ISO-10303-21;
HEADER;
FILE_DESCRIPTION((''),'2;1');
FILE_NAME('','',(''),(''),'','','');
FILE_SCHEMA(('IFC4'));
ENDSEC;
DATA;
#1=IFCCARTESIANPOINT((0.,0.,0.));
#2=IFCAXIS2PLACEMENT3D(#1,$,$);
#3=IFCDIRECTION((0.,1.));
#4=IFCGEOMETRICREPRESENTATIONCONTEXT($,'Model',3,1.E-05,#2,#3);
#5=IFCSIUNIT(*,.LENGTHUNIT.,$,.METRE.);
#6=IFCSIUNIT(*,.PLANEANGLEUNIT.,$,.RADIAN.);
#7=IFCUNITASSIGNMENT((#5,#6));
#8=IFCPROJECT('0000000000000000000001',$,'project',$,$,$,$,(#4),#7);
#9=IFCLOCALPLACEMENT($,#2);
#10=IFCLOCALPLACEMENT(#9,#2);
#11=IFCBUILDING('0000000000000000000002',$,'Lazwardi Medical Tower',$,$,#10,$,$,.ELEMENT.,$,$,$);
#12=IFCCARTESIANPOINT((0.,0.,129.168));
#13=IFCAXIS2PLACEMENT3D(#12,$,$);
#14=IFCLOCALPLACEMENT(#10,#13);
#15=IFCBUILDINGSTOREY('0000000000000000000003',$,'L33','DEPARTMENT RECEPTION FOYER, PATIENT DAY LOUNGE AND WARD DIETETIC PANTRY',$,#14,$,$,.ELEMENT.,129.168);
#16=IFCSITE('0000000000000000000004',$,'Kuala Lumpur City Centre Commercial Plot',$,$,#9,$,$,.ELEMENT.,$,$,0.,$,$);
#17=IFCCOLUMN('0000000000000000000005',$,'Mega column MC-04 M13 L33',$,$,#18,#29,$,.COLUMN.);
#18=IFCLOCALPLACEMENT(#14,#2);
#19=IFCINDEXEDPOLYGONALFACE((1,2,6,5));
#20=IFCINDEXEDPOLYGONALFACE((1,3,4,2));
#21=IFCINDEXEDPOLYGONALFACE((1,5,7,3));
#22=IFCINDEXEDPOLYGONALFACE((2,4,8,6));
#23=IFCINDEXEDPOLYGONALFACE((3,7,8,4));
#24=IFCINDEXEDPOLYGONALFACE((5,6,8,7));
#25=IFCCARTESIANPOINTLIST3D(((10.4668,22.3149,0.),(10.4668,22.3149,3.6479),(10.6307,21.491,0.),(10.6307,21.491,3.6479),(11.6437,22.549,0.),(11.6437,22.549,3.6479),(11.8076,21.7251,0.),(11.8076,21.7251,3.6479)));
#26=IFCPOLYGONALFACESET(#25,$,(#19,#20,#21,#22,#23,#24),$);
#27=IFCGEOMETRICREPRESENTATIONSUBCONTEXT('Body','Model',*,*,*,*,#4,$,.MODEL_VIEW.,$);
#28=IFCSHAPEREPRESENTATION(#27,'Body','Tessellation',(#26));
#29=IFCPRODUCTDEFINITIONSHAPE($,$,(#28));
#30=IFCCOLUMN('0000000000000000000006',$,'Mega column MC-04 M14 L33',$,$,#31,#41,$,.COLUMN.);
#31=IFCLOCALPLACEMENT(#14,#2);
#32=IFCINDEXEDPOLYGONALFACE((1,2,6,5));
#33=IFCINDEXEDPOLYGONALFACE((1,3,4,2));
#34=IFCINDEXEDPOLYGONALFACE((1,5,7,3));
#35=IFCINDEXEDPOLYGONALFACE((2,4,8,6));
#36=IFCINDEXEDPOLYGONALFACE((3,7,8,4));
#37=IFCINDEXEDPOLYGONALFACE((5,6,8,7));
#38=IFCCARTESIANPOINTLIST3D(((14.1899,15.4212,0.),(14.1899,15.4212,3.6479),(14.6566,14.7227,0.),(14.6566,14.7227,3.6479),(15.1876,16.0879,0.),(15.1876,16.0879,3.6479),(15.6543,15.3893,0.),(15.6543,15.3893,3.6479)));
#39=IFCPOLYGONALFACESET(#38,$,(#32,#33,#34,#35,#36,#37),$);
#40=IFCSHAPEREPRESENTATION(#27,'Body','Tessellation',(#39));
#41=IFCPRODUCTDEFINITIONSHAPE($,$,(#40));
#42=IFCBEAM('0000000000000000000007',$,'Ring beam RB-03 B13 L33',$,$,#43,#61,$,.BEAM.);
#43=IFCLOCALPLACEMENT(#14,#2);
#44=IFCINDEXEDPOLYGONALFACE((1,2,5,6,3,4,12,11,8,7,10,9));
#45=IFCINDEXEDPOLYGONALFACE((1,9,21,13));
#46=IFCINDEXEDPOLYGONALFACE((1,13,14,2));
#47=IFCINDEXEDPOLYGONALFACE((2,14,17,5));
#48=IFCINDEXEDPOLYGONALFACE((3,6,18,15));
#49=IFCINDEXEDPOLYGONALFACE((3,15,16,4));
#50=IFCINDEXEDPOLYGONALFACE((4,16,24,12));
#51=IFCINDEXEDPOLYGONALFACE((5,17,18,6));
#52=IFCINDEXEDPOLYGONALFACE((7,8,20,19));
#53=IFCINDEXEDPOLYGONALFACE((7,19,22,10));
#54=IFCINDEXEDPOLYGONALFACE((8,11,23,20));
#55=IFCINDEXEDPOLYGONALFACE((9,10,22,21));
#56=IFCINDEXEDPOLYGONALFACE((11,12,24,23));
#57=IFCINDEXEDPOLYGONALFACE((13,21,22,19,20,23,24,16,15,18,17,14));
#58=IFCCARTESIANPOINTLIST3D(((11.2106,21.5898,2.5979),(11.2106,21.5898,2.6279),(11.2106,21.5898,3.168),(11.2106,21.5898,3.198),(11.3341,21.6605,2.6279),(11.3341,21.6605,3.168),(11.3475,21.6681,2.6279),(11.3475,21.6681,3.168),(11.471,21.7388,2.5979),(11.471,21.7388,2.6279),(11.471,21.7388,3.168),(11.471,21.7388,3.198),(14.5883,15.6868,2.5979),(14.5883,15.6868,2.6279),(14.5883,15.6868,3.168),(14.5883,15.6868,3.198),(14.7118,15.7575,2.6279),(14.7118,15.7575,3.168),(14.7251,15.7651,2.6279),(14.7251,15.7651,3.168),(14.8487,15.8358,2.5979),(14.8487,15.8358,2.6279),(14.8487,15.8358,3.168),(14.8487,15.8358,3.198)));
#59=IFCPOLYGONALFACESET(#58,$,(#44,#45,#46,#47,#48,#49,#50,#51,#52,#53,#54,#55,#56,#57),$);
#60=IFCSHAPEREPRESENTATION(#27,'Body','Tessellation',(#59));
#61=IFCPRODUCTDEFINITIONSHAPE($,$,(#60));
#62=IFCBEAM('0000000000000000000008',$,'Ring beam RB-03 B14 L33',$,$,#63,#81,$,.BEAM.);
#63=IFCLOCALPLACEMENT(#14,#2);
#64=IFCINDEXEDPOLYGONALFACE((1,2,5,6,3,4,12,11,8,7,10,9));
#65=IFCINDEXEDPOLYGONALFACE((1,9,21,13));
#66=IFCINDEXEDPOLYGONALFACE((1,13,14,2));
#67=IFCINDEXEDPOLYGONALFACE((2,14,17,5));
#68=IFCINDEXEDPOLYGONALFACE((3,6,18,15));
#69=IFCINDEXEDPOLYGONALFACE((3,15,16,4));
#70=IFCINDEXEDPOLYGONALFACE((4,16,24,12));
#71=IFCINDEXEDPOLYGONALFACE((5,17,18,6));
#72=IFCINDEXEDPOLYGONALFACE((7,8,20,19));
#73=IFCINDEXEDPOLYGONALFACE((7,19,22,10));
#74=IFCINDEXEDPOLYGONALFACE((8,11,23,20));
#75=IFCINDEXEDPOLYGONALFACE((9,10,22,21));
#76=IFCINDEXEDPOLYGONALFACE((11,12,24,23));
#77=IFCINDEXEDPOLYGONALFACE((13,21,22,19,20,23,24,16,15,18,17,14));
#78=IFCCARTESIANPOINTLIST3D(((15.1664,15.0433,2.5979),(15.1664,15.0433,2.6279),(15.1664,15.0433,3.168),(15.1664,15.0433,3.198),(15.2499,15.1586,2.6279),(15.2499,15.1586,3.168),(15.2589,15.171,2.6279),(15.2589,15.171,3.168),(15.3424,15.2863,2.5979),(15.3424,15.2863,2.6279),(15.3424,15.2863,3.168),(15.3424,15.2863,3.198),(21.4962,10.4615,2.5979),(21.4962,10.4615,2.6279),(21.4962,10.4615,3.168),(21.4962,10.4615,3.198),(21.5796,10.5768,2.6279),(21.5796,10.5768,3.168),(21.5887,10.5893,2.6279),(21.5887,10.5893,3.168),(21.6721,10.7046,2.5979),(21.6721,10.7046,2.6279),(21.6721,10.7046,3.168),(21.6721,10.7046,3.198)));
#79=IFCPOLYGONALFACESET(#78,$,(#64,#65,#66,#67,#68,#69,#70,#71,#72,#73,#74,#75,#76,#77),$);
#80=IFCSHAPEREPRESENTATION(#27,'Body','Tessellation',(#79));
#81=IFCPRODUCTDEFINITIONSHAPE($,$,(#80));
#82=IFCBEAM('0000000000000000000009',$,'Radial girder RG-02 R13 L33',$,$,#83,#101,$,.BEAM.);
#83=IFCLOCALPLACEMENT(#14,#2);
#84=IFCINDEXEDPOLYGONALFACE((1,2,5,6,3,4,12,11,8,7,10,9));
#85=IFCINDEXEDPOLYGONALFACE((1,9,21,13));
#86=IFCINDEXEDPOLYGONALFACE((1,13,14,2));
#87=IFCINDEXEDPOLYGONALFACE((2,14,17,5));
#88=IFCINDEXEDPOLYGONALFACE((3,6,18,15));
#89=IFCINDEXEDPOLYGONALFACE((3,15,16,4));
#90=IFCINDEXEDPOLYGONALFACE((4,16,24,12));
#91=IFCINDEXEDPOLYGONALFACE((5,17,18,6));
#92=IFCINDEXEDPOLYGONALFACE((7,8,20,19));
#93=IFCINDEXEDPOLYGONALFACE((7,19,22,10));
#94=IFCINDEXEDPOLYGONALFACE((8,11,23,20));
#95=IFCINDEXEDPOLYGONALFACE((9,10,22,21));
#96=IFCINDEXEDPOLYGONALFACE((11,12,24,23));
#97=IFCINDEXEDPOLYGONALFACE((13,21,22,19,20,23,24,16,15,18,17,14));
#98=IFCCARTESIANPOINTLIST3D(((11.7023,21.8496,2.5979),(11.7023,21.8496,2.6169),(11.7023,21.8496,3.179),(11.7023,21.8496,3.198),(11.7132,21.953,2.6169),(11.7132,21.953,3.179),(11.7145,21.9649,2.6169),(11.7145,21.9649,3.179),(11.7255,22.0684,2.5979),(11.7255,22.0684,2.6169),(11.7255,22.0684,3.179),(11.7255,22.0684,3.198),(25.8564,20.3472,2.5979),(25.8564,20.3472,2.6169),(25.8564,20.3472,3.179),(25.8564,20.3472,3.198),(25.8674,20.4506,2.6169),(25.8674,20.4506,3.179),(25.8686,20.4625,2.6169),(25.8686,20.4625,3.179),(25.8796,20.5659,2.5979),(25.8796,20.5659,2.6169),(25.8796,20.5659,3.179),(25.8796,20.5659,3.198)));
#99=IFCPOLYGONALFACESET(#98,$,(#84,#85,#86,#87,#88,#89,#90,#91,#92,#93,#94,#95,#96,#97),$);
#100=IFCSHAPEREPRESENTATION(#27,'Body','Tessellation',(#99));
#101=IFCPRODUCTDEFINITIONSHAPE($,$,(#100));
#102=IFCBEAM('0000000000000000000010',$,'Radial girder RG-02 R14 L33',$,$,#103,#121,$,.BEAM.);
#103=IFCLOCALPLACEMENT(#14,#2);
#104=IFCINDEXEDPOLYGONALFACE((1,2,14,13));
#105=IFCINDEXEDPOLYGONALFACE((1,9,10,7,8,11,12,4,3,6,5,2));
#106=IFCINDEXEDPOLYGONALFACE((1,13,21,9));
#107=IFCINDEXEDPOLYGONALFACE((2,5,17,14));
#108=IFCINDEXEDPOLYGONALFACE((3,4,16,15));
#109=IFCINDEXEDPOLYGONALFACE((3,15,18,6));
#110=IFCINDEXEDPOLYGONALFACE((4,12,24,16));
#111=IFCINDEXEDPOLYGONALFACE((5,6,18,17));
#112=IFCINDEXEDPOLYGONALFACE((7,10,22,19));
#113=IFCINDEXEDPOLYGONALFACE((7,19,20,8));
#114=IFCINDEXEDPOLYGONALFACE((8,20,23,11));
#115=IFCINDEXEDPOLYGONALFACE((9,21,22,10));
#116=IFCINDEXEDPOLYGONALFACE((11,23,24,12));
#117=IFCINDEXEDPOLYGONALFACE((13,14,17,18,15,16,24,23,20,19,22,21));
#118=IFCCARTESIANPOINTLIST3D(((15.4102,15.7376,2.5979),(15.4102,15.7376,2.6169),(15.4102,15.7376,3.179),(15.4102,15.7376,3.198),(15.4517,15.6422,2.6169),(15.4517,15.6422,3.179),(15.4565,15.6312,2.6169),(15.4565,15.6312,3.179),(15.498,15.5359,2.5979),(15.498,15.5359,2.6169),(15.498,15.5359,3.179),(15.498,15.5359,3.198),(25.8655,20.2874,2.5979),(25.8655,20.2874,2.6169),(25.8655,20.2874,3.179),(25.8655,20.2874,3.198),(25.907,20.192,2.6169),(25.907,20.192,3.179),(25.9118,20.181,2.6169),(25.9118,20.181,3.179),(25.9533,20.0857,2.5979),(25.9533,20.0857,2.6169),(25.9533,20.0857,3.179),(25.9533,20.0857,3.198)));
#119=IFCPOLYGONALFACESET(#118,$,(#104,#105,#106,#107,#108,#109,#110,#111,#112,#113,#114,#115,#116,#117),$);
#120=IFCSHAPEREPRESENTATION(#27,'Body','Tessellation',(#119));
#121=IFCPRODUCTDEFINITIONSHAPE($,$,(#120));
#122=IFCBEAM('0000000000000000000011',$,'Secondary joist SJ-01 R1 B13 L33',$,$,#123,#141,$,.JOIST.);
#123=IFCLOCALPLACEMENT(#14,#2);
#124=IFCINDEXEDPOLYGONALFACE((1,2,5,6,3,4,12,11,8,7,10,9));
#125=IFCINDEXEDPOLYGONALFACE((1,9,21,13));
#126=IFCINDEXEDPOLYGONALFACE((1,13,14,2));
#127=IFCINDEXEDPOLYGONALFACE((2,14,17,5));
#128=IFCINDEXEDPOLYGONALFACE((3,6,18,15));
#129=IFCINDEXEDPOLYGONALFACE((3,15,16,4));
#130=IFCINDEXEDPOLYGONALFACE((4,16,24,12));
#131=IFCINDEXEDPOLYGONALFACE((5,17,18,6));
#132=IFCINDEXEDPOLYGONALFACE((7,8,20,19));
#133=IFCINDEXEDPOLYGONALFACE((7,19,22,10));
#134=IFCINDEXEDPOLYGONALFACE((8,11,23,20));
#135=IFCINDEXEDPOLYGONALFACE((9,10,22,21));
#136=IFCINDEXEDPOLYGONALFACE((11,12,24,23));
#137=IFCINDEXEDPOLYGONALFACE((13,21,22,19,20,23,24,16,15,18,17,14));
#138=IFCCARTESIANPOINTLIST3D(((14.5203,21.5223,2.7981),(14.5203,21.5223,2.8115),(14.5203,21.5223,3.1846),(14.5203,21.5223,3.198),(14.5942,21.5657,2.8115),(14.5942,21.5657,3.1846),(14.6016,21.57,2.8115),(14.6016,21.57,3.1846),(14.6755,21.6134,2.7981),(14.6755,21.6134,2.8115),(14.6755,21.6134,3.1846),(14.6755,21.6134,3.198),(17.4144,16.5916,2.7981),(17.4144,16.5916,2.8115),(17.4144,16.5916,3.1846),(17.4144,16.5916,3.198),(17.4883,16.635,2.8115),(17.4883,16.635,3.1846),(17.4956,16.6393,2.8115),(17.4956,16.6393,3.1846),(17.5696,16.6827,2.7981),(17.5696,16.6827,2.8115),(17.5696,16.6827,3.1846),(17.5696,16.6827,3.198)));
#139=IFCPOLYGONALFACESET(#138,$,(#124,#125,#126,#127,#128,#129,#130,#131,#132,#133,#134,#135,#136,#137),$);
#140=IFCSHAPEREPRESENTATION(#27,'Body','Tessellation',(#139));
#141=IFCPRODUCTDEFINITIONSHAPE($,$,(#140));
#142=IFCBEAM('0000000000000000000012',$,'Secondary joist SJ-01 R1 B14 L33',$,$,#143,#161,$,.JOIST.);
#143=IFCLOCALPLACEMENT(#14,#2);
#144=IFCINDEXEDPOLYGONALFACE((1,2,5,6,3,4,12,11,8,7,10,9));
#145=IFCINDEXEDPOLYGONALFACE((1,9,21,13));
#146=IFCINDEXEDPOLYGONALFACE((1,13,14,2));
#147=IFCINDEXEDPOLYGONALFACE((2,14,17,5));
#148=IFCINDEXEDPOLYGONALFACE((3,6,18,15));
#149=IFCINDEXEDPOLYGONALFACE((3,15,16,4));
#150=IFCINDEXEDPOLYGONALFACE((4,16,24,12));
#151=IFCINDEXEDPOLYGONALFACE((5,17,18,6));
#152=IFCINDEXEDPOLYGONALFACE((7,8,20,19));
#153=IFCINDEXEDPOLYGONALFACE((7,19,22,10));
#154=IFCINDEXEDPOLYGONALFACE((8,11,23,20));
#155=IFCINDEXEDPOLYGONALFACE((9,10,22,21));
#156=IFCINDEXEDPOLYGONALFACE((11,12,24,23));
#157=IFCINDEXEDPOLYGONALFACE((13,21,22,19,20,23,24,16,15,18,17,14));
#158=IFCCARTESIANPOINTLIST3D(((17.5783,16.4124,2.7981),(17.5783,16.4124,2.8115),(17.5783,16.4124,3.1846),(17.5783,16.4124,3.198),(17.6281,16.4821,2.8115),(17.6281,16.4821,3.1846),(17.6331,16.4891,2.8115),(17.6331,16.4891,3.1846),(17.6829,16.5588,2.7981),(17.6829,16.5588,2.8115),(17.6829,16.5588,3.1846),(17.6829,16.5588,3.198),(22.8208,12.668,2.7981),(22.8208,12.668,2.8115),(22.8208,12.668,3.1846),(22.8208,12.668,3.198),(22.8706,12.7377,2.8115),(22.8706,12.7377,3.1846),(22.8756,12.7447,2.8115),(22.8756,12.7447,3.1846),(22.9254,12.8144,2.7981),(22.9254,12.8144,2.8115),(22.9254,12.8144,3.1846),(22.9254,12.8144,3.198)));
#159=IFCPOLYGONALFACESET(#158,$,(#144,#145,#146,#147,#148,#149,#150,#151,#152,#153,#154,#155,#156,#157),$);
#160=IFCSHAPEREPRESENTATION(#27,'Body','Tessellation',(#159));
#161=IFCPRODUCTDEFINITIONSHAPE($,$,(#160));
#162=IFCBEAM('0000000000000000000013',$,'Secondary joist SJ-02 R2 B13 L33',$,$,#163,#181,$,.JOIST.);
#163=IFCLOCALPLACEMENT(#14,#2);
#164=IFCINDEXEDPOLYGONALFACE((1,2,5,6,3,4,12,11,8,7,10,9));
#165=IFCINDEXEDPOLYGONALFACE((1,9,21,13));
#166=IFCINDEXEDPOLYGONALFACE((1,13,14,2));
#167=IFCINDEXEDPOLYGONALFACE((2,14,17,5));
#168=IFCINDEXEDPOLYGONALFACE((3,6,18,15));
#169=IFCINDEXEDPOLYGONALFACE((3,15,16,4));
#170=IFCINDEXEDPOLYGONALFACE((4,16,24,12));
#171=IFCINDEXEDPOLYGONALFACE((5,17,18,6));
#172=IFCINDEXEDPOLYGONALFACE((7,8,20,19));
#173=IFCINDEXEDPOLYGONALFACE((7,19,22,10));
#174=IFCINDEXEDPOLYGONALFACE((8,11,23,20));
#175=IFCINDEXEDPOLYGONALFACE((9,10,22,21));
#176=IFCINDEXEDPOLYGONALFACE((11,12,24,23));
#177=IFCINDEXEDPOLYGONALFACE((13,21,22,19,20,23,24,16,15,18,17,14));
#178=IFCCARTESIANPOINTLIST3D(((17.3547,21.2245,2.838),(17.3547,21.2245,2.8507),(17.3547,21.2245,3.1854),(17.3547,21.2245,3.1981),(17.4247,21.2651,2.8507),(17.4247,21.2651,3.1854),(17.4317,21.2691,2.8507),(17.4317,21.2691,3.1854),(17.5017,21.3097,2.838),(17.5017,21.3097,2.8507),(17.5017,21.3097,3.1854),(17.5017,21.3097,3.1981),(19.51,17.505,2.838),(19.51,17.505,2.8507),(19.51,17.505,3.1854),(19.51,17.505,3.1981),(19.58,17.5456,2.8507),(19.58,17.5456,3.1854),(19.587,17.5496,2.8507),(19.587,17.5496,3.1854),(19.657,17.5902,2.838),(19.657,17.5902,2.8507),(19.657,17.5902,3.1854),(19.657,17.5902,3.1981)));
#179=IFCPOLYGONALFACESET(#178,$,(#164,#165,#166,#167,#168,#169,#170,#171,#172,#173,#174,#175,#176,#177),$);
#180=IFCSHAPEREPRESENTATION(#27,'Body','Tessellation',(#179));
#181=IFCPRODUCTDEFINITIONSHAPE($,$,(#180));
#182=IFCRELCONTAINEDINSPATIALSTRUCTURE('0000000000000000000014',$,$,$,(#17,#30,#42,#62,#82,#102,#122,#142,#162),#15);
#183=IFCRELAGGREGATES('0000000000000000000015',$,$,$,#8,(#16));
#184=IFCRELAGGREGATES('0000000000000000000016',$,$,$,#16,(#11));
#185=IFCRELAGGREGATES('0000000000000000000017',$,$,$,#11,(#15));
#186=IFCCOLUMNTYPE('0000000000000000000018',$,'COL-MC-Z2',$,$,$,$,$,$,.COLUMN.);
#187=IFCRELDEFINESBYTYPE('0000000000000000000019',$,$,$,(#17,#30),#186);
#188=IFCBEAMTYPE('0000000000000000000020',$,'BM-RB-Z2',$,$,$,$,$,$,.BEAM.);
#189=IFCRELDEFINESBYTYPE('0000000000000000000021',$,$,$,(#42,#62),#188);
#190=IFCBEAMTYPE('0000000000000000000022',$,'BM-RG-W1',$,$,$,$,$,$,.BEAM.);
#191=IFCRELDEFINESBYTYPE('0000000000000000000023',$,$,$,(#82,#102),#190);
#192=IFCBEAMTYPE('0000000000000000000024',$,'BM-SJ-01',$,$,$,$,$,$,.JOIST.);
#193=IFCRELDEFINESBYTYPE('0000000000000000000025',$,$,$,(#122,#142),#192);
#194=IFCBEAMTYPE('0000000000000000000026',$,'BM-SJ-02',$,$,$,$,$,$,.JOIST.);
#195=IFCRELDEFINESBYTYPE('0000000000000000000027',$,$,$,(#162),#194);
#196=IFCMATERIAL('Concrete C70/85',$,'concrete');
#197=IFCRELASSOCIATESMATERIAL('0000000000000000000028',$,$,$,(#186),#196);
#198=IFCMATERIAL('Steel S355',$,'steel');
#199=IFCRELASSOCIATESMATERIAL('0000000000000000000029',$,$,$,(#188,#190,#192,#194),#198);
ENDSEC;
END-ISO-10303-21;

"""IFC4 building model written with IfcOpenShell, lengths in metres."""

from ifc_helpers import new_model, si_unit, direction, frame, origin, origin_2d, place, context, subcontext, project, spatial, rectangle, i_section, extrude, material, material_profile, profile_set, type_object, element, save


model = new_model("IFC4")

# Units and contexts
model_context = context("Model", 3, precision=1e-05, world=origin(), true_north=direction((0.0, 1.0)))
body_context = subcontext(model_context, "Body", "Model", "MODEL_VIEW")
ifc_project = project(units=[si_unit("LENGTHUNIT", "METRE"), si_unit("PLANEANGLEUNIT", "RADIAN")], contexts=[model_context])

# Site, building, storey
site_placement = place(None, origin())
site = spatial("IfcSite", under=ifc_project, at=site_placement, Name="Kuala Lumpur City Centre Commercial Plot", CompositionType="ELEMENT", RefElevation=0.0)
building_placement = place(site_placement, origin())
building = spatial("IfcBuilding", under=site, at=building_placement, Name="Lazwardi Medical Tower", CompositionType="ELEMENT")
storey_placement = place(building_placement, frame((0.0, 0.0, 129.168)))
storey = spatial("IfcBuildingStorey", under=building, at=storey_placement, Name="L33", Description="DEPARTMENT RECEPTION FOYER, PATIENT DAY LOUNGE AND WARD DIETETIC PANTRY", CompositionType="ELEMENT", Elevation=129.168)

# Columns
ifc_material_1 = material(Name="Concrete C70/85", Category="concrete")
ifc_material_profile_1 = material_profile(ifc_material_1, rectangle(XDim=1.2, YDim=0.8401, at=origin_2d()), Name="CFT-RECT 1200x840")
ifc_profile_set_1 = profile_set([ifc_material_profile_1], Name="Concrete C70/85")
column_type = type_object("IfcColumnType", Name="COL-MC-Z2", PredefinedType="COLUMN", material=ifc_profile_set_1)
for number, where, z_axis, x_axis, name in (
    (1, (11.1372, 22.02, 0.0), (0.0, 0.0, 1.0), (-0.980785, -0.19509, 0.0), "Mega column MC-04 M13 L33"),
    (2, (14.9221, 15.4053, 0.0), (0.0, 0.0, 1.0), (-0.83147, -0.55557, 0.0), "Mega column MC-04 M14 L33"),
):
    element("IfcColumn", number, at=place(storey_placement, frame(where, z_axis=z_axis, x_axis=x_axis)), inside=storey, type_object=column_type, Name=name, PredefinedType="COLUMN", context=body_context, shape_type="SweptSolid", body=[
        extrude(rectangle(XDim=1.2, YDim=0.8401, at=origin_2d()), origin(), (0.0, 0.0, 1.0), 3.6479),
    ])

# Beams
ifc_material_2 = material(Name="Steel S355", Category="steel")
ifc_material_profile_2 = material_profile(ifc_material_2, i_section(OverallWidth=0.3, OverallDepth=0.6001, WebThickness=0.0154, FlangeThickness=0.03, at=origin_2d()), Name="HEB 600")
ifc_profile_set_2 = profile_set([ifc_material_profile_2], Name="Steel S355")
beam_type_1 = type_object("IfcBeamType", Name="BM-RB-Z2", PredefinedType="BEAM", material=ifc_profile_set_2)
beam_1_placement = place(storey_placement, frame((11.3408, 21.6643, 2.8979), z_axis=(0.496638, -0.867958, 0.0), x_axis=(0.867958, 0.496638, 0.0)))
element("IfcBeam", 3, at=beam_1_placement, inside=storey, type_object=beam_type_1, Name="Ring beam RB-03 B13 L33", PredefinedType="BEAM", context=body_context, shape_type="SweptSolid", body=[
    extrude(i_section(OverallWidth=0.3, OverallDepth=0.6001, WebThickness=0.0154, FlangeThickness=0.03, at=origin_2d()), origin(), (0.0, 0.0, 1.0), 6.801),
])
beam_2_placement = place(storey_placement, frame((15.2544, 15.1648, 2.8979), z_axis=(0.810057, -0.586351, 0.0), x_axis=(0.586351, 0.810057, 0.0)))
element("IfcBeam", 4, at=beam_2_placement, inside=storey, type_object=beam_type_1, Name="Ring beam RB-03 B14 L33", PredefinedType="BEAM", context=body_context, shape_type="SweptSolid", body=[
    extrude(i_section(OverallWidth=0.3, OverallDepth=0.6001, WebThickness=0.0154, FlangeThickness=0.03, at=origin_2d()), origin(), (0.0, 0.0, 1.0), 7.814),
])
ifc_material_profile_3 = material_profile(ifc_material_2, i_section(OverallWidth=0.22, OverallDepth=0.6001, WebThickness=0.012, FlangeThickness=0.019, at=origin_2d()), Name="IPE 600")
ifc_profile_set_3 = profile_set([ifc_material_profile_3], Name="Steel S355")
beam_type_2 = type_object("IfcBeamType", Name="BM-RG-W1", PredefinedType="BEAM", material=ifc_profile_set_3)
beam_3_placement = place(storey_placement, frame((11.7139, 21.959, 2.8979), z_axis=(0.994413, -0.105556, 0.0), x_axis=(0.105556, 0.994413, 0.0)))
element("IfcBeam", 5, at=beam_3_placement, inside=storey, type_object=beam_type_2, Name="Radial girder RG-02 R13 L33", PredefinedType="BEAM", context=body_context, shape_type="SweptSolid", body=[
    extrude(i_section(OverallWidth=0.22, OverallDepth=0.6001, WebThickness=0.012, FlangeThickness=0.019, at=origin_2d()), origin(), (0.0, 0.0, 1.0), 14.2336),
])
beam_4_placement = place(storey_placement, frame((15.4541, 15.6367, 2.8979), z_axis=(0.916941, 0.399022, 0.0), x_axis=(-0.399022, 0.916941, 0.0)))
element("IfcBeam", 6, at=beam_4_placement, inside=storey, type_object=beam_type_2, Name="Radial girder RG-02 R14 L33", PredefinedType="BEAM", context=body_context, shape_type="SweptSolid", body=[
    extrude(i_section(OverallWidth=0.22, OverallDepth=0.6001, WebThickness=0.012, FlangeThickness=0.019, at=origin_2d()), origin(), (0.0, 0.0, 1.0), 11.4023),
])
ifc_material_profile_4 = material_profile(ifc_material_2, i_section(OverallWidth=0.1799, OverallDepth=0.3999, WebThickness=0.0085, FlangeThickness=0.0134, at=origin_2d()), Name="IPE 400")
ifc_profile_set_4 = profile_set([ifc_material_profile_4], Name="Steel S355")
beam_type_3 = type_object("IfcBeamType", Name="BM-SJ-01", PredefinedType="JOIST", material=ifc_profile_set_4)
beam_5_placement = place(storey_placement, frame((14.5979, 21.5679, 2.998), z_axis=(0.506195, -0.862419, 0.0), x_axis=(0.862419, 0.506195, 0.0)))
element("IfcBeam", 7, at=beam_5_placement, inside=storey, type_object=beam_type_3, Name="Secondary joist SJ-01 R1 B13 L33", PredefinedType="JOIST", context=body_context, shape_type="SweptSolid", body=[
    extrude(i_section(OverallWidth=0.1799, OverallDepth=0.3999, WebThickness=0.0085, FlangeThickness=0.0134, at=origin_2d()), origin(), (0.0, 0.0, 1.0), 5.7173),
])
beam_6_placement = place(storey_placement, frame((17.6306, 16.4856, 2.998), z_axis=(0.813749, -0.581217, 0.0), x_axis=(0.581217, 0.813749, 0.0)))
element("IfcBeam", 8, at=beam_6_placement, inside=storey, type_object=beam_type_3, Name="Secondary joist SJ-01 R1 B14 L33", PredefinedType="JOIST", context=body_context, shape_type="SweptSolid", body=[
    extrude(i_section(OverallWidth=0.1799, OverallDepth=0.3999, WebThickness=0.0085, FlangeThickness=0.0134, at=origin_2d()), origin(), (0.0, 0.0, 1.0), 6.4424),
])
ifc_material_profile_5 = material_profile(ifc_material_2, i_section(OverallWidth=0.1699, OverallDepth=0.3601, WebThickness=0.0081, FlangeThickness=0.0127, at=origin_2d()), Name="IPE 360")
ifc_profile_set_5 = profile_set([ifc_material_profile_5], Name="Steel S355")
beam_type_4 = type_object("IfcBeamType", Name="BM-SJ-02", PredefinedType="JOIST", material=ifc_profile_set_5)
beam_7_placement = place(storey_placement, frame((17.4282, 21.2671, 3.0181), z_axis=(0.501365, -0.865236, 0.0), x_axis=(0.865236, 0.501365, 0.0)))
element("IfcBeam", 9, at=beam_7_placement, inside=storey, type_object=beam_type_4, Name="Secondary joist SJ-02 R2 B13 L33", PredefinedType="JOIST", context=body_context, shape_type="SweptSolid", body=[
    extrude(i_section(OverallWidth=0.1699, OverallDepth=0.3601, WebThickness=0.0081, FlangeThickness=0.0127, at=origin_2d()), origin(), (0.0, 0.0, 1.0), 4.2988),
])

save(model, "model.ifc")
